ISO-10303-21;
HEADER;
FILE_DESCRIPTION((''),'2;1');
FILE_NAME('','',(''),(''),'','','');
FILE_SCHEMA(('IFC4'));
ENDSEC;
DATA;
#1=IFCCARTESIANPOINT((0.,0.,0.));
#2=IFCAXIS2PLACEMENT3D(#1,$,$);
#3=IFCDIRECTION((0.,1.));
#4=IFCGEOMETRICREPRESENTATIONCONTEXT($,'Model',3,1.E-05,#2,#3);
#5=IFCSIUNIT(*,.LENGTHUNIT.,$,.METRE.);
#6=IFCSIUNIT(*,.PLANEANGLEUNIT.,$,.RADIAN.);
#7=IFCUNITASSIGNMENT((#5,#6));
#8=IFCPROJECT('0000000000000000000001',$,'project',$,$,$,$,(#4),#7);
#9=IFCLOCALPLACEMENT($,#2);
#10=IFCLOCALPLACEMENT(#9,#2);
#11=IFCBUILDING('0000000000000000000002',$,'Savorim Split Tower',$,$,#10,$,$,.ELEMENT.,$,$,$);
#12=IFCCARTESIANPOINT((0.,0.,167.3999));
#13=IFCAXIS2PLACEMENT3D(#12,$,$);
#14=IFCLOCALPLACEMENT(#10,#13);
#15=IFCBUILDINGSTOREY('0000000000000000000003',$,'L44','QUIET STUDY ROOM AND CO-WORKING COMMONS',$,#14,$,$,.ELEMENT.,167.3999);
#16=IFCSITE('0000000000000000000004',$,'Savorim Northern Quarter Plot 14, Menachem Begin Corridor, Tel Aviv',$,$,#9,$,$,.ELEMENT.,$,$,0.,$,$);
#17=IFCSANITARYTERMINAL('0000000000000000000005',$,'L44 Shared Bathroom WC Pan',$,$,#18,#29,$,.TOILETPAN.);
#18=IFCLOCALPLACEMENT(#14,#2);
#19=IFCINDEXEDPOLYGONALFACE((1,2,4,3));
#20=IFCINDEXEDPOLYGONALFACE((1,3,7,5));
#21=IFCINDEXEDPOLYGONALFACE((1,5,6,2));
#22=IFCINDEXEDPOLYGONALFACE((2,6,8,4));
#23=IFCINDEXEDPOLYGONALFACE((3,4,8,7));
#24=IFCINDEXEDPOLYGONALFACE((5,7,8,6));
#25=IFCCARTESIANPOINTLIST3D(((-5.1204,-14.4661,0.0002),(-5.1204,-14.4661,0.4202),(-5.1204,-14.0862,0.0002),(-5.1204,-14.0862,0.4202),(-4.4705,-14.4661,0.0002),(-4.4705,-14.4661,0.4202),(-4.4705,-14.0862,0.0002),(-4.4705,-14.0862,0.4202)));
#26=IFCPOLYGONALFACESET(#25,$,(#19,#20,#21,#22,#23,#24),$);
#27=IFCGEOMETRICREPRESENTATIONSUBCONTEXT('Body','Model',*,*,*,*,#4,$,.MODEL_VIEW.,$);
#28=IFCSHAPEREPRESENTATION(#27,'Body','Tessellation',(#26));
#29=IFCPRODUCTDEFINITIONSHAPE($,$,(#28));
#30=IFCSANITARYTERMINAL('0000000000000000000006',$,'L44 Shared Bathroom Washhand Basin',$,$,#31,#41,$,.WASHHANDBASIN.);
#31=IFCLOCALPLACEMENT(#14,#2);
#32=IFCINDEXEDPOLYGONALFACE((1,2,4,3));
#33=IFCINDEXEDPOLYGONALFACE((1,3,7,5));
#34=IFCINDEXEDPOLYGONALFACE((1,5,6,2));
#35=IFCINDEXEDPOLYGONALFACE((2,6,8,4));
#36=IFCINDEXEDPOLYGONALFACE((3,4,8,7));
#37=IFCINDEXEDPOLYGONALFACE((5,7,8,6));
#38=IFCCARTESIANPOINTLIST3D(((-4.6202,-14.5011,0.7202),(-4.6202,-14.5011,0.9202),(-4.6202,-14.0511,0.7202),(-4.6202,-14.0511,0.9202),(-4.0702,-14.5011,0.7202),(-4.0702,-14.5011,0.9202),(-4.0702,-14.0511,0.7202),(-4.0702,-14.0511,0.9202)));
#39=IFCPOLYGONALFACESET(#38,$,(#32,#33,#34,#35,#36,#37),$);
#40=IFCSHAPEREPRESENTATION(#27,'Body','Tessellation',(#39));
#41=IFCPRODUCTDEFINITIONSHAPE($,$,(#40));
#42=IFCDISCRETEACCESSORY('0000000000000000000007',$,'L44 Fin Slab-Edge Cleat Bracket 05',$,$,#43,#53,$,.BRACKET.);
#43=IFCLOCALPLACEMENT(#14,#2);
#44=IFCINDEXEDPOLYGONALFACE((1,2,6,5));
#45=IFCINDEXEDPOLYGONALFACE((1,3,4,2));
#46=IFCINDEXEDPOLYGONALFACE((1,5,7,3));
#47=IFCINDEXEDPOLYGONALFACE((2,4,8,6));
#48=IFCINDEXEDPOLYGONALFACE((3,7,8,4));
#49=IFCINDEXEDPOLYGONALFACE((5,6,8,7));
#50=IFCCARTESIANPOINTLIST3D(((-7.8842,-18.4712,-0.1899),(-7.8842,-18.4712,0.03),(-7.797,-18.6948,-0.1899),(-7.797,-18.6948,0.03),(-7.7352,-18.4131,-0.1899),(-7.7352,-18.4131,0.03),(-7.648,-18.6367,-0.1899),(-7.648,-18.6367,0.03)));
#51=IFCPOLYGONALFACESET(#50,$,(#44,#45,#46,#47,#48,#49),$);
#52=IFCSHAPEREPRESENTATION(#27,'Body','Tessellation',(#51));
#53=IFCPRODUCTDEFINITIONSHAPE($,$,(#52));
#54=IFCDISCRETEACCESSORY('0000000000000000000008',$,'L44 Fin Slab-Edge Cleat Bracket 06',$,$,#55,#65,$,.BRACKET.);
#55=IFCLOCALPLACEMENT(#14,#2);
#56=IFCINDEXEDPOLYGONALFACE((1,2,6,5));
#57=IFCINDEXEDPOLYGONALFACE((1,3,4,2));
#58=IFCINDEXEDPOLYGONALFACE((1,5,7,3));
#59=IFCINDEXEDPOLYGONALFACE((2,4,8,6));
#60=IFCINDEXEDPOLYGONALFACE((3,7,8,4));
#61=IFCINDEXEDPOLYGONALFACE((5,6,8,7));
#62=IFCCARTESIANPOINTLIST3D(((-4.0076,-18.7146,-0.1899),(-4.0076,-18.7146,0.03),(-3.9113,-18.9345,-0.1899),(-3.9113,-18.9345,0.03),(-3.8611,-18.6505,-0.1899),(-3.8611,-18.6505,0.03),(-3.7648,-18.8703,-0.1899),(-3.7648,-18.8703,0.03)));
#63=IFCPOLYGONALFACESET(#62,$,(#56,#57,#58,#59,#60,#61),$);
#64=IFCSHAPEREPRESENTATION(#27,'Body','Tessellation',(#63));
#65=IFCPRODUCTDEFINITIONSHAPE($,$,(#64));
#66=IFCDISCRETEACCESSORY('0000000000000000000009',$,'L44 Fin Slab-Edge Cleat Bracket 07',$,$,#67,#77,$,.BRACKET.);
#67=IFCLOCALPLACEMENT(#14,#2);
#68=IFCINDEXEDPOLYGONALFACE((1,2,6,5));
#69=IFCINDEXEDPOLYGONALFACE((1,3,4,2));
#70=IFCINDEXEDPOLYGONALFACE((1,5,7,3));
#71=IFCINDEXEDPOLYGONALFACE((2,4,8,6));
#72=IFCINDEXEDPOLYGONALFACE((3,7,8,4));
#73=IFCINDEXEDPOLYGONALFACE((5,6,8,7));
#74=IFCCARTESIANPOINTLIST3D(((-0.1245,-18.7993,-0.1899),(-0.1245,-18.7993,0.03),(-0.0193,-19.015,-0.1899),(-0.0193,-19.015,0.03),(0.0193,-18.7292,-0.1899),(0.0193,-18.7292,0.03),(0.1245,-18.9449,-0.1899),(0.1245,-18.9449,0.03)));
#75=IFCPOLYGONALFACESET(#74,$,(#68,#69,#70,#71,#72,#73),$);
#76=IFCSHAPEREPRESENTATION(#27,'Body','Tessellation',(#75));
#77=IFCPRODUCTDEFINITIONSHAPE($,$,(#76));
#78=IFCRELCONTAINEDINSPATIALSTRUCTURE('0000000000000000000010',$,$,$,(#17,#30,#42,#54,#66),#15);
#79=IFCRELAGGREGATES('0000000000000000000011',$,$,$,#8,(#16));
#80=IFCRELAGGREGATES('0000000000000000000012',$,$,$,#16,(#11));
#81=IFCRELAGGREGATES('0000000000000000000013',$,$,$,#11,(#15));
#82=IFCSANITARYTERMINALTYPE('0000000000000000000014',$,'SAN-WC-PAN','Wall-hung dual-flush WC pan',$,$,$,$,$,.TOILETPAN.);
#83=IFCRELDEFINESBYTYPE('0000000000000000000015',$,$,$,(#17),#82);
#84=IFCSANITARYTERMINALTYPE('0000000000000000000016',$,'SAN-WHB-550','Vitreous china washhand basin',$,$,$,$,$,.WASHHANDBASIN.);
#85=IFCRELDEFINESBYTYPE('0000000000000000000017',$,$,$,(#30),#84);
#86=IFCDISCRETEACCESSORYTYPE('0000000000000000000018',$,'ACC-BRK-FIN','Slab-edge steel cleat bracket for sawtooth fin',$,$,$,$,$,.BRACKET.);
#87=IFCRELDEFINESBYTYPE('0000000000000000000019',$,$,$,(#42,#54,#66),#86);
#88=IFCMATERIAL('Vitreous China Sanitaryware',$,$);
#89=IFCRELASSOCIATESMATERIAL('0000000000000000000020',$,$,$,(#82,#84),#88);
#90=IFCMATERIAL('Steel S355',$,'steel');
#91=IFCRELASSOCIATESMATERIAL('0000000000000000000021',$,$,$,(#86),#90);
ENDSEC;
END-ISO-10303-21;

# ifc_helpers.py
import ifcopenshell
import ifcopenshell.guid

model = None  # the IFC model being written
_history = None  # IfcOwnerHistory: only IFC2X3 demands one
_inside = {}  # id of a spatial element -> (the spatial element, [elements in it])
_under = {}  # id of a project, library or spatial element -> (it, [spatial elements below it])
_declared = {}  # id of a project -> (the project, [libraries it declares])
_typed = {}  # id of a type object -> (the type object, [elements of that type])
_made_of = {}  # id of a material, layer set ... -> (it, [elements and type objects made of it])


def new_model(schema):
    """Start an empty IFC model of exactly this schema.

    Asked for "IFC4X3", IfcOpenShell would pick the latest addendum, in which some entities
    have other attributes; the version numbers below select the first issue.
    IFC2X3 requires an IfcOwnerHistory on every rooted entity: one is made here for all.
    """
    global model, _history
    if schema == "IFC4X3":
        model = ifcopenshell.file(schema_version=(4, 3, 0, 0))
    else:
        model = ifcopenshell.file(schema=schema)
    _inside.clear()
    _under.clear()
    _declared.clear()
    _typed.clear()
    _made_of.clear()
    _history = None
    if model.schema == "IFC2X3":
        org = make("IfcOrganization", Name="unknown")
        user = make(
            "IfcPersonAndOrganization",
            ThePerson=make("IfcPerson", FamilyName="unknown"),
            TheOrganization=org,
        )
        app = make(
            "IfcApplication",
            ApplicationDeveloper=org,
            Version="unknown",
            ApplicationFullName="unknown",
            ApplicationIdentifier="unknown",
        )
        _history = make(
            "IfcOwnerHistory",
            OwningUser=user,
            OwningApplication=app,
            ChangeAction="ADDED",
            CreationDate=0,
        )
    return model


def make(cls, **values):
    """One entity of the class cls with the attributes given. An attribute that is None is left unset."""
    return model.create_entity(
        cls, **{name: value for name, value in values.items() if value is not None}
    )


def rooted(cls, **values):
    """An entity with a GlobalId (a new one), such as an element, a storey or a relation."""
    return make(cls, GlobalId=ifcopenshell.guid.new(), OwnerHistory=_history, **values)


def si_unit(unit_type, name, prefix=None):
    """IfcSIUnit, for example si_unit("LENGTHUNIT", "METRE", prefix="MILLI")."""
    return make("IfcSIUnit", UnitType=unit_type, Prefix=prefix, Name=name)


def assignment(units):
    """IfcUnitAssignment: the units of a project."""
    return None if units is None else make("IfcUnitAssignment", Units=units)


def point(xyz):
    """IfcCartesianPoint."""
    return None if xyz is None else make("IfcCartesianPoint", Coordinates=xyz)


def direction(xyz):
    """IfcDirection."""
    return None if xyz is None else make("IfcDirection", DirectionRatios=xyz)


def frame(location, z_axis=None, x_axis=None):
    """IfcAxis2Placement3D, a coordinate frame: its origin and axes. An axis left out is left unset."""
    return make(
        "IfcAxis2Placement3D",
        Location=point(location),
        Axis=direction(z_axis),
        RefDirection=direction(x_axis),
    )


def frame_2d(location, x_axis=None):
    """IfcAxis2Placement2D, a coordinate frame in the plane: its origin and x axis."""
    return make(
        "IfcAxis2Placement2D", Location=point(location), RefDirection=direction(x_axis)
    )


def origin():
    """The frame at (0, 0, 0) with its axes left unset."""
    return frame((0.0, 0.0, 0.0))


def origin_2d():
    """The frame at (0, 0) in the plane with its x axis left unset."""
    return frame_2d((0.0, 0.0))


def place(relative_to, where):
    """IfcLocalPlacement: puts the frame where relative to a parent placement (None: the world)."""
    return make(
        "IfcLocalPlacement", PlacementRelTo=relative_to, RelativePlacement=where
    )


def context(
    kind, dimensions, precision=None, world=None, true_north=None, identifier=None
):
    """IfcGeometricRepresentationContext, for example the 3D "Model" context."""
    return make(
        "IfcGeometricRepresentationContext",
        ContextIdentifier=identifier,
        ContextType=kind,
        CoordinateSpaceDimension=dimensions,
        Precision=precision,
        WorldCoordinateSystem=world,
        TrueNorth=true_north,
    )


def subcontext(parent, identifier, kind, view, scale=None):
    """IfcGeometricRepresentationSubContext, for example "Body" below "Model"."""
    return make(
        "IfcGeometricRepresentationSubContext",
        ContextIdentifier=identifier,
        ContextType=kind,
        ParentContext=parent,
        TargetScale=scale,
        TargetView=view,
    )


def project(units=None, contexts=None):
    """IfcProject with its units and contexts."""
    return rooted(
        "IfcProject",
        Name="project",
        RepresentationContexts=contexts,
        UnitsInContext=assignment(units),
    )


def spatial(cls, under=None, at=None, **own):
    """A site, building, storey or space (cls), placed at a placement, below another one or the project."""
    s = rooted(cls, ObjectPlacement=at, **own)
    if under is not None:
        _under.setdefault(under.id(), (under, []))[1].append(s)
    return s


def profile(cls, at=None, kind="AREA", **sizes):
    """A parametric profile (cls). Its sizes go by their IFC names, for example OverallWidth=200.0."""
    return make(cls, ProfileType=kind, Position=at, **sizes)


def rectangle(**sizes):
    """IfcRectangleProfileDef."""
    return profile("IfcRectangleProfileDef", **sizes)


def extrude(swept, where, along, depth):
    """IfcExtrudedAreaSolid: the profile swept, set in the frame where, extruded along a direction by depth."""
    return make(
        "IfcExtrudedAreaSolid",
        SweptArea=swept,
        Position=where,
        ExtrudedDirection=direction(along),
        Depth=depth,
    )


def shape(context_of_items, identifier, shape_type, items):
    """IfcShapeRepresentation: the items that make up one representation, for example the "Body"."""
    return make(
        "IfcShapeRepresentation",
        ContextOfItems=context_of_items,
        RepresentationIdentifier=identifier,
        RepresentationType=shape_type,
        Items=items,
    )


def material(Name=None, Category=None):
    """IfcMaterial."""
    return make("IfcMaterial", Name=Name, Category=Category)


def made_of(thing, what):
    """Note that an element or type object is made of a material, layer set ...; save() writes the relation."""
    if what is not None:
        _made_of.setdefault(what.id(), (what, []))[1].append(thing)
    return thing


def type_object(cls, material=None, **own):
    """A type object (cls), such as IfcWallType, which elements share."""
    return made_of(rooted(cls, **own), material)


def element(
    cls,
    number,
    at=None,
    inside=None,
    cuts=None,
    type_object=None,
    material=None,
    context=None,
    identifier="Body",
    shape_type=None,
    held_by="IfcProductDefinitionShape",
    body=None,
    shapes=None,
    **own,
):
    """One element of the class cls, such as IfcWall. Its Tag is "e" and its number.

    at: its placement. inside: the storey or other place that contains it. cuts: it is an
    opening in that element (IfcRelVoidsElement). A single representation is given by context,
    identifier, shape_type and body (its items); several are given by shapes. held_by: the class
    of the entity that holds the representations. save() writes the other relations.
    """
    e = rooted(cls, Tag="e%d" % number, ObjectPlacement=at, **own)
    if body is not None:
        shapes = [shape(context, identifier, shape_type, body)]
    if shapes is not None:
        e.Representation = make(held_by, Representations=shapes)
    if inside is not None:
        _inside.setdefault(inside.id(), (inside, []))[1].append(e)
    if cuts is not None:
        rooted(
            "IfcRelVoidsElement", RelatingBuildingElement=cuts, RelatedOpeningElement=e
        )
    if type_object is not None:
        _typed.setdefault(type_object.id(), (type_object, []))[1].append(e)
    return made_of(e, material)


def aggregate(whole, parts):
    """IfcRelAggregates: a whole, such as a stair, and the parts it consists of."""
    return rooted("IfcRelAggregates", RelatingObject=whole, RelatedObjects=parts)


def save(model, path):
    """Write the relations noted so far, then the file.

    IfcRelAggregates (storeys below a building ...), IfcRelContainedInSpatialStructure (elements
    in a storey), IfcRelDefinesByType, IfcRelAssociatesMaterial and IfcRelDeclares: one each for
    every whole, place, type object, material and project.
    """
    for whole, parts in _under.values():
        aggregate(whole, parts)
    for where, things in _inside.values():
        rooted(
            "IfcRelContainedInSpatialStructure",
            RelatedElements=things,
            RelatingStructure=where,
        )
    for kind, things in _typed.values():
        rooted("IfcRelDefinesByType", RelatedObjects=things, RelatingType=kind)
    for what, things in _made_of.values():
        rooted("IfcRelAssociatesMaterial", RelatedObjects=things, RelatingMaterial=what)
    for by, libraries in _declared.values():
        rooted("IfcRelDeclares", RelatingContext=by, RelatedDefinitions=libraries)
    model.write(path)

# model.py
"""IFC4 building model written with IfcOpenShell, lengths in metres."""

from ifc_helpers import new_model, si_unit, direction, frame, origin, origin_2d, place, context, subcontext, project, spatial, rectangle, extrude, material, type_object, element, save


model = new_model("IFC4")

# Units and contexts
model_context = context("Model", 3, precision=1e-05, world=origin(), true_north=direction((0.0, 1.0)))
body_context = subcontext(model_context, "Body", "Model", "MODEL_VIEW")
ifc_project = project(units=[si_unit("LENGTHUNIT", "METRE"), si_unit("PLANEANGLEUNIT", "RADIAN")], contexts=[model_context])

# Site, building, storey
site_placement = place(None, origin())
site = spatial("IfcSite", under=ifc_project, at=site_placement, Name="Savorim Northern Quarter Plot 14, Menachem Begin Corridor, Tel Aviv", CompositionType="ELEMENT", RefElevation=0.0)
building_placement = place(site_placement, origin())
building = spatial("IfcBuilding", under=site, at=building_placement, Name="Savorim Split Tower", CompositionType="ELEMENT")
storey_placement = place(building_placement, frame((0.0, 0.0, 167.3999)))
storey = spatial("IfcBuildingStorey", under=building, at=storey_placement, Name="L44", Description="QUIET STUDY ROOM AND CO-WORKING COMMONS", CompositionType="ELEMENT", Elevation=167.3999)

# Shared definitions
ifc_material_1 = material(Name="Steel S355", Category="steel")

# Sanitary terminals
ifc_material_2 = material(Name="Vitreous China Sanitaryware")
sanitary_terminal_type_1 = type_object("IfcSanitaryTerminalType", Name="SAN-WC-PAN", Description="Wall-hung dual-flush WC pan", PredefinedType="TOILETPAN", material=ifc_material_2)
sanitary_terminal_1_placement = place(storey_placement, frame((-4.7954, -14.2761, 0.0002), z_axis=(0.0, 0.0, 1.0), x_axis=(1.0, 0.0, 0.0)))
element("IfcSanitaryTerminal", 1, at=sanitary_terminal_1_placement, inside=storey, type_object=sanitary_terminal_type_1, Name="L44 Shared Bathroom WC Pan", PredefinedType="TOILETPAN", context=body_context, shape_type="SweptSolid", body=[
    extrude(rectangle(XDim=0.6499, YDim=0.3799, at=origin_2d()), origin(), (0.0, 0.0, 1.0), 0.4199),
])
sanitary_terminal_type_2 = type_object("IfcSanitaryTerminalType", Name="SAN-WHB-550", Description="Vitreous china washhand basin", PredefinedType="WASHHANDBASIN", material=ifc_material_2)
sanitary_terminal_2_placement = place(storey_placement, frame((-4.3452, -14.2761, 0.7202), z_axis=(0.0, 0.0, 1.0), x_axis=(1.0, 0.0, 0.0)))
element("IfcSanitaryTerminal", 2, at=sanitary_terminal_2_placement, inside=storey, type_object=sanitary_terminal_type_2, Name="L44 Shared Bathroom Washhand Basin", PredefinedType="WASHHANDBASIN", context=body_context, shape_type="SweptSolid", body=[
    extrude(rectangle(XDim=0.55, YDim=0.45, at=origin_2d()), origin(), (0.0, 0.0, 1.0), 0.2),
])

# Discrete accessories
discrete_accessory_type = type_object("IfcDiscreteAccessoryType", Name="ACC-BRK-FIN", Description="Slab-edge steel cleat bracket for sawtooth fin", PredefinedType="BRACKET", material=ifc_material_1)
for number, where, z_axis, x_axis, name in (
    (3, (-7.7661, -18.554, -0.1899), (0.0, 0.0, 1.0), (0.363415, -0.931627, 0.0), "L44 Fin Slab-Edge Cleat Bracket 05"),
    (4, (-3.8862, -18.7925, -0.1899), (0.0, 0.0, 1.0), (0.40123, -0.915977, 0.0), "L44 Fin Slab-Edge Cleat Bracket 06"),
    (5, (0.0, -18.8721, -0.1899), (0.0, 0.0, 1.0), (0.438371, -0.898794, 0.0), "L44 Fin Slab-Edge Cleat Bracket 07"),
):
    element("IfcDiscreteAccessory", number, at=place(storey_placement, frame(where, z_axis=z_axis, x_axis=x_axis)), inside=storey, type_object=discrete_accessory_type, Name=name, PredefinedType="BRACKET", context=body_context, shape_type="SweptSolid", body=[
        extrude(rectangle(XDim=0.24, YDim=0.1599, at=origin_2d()), origin(), (0.0, 0.0, 1.0), 0.22),
    ])

save(model, "model.ifc")
